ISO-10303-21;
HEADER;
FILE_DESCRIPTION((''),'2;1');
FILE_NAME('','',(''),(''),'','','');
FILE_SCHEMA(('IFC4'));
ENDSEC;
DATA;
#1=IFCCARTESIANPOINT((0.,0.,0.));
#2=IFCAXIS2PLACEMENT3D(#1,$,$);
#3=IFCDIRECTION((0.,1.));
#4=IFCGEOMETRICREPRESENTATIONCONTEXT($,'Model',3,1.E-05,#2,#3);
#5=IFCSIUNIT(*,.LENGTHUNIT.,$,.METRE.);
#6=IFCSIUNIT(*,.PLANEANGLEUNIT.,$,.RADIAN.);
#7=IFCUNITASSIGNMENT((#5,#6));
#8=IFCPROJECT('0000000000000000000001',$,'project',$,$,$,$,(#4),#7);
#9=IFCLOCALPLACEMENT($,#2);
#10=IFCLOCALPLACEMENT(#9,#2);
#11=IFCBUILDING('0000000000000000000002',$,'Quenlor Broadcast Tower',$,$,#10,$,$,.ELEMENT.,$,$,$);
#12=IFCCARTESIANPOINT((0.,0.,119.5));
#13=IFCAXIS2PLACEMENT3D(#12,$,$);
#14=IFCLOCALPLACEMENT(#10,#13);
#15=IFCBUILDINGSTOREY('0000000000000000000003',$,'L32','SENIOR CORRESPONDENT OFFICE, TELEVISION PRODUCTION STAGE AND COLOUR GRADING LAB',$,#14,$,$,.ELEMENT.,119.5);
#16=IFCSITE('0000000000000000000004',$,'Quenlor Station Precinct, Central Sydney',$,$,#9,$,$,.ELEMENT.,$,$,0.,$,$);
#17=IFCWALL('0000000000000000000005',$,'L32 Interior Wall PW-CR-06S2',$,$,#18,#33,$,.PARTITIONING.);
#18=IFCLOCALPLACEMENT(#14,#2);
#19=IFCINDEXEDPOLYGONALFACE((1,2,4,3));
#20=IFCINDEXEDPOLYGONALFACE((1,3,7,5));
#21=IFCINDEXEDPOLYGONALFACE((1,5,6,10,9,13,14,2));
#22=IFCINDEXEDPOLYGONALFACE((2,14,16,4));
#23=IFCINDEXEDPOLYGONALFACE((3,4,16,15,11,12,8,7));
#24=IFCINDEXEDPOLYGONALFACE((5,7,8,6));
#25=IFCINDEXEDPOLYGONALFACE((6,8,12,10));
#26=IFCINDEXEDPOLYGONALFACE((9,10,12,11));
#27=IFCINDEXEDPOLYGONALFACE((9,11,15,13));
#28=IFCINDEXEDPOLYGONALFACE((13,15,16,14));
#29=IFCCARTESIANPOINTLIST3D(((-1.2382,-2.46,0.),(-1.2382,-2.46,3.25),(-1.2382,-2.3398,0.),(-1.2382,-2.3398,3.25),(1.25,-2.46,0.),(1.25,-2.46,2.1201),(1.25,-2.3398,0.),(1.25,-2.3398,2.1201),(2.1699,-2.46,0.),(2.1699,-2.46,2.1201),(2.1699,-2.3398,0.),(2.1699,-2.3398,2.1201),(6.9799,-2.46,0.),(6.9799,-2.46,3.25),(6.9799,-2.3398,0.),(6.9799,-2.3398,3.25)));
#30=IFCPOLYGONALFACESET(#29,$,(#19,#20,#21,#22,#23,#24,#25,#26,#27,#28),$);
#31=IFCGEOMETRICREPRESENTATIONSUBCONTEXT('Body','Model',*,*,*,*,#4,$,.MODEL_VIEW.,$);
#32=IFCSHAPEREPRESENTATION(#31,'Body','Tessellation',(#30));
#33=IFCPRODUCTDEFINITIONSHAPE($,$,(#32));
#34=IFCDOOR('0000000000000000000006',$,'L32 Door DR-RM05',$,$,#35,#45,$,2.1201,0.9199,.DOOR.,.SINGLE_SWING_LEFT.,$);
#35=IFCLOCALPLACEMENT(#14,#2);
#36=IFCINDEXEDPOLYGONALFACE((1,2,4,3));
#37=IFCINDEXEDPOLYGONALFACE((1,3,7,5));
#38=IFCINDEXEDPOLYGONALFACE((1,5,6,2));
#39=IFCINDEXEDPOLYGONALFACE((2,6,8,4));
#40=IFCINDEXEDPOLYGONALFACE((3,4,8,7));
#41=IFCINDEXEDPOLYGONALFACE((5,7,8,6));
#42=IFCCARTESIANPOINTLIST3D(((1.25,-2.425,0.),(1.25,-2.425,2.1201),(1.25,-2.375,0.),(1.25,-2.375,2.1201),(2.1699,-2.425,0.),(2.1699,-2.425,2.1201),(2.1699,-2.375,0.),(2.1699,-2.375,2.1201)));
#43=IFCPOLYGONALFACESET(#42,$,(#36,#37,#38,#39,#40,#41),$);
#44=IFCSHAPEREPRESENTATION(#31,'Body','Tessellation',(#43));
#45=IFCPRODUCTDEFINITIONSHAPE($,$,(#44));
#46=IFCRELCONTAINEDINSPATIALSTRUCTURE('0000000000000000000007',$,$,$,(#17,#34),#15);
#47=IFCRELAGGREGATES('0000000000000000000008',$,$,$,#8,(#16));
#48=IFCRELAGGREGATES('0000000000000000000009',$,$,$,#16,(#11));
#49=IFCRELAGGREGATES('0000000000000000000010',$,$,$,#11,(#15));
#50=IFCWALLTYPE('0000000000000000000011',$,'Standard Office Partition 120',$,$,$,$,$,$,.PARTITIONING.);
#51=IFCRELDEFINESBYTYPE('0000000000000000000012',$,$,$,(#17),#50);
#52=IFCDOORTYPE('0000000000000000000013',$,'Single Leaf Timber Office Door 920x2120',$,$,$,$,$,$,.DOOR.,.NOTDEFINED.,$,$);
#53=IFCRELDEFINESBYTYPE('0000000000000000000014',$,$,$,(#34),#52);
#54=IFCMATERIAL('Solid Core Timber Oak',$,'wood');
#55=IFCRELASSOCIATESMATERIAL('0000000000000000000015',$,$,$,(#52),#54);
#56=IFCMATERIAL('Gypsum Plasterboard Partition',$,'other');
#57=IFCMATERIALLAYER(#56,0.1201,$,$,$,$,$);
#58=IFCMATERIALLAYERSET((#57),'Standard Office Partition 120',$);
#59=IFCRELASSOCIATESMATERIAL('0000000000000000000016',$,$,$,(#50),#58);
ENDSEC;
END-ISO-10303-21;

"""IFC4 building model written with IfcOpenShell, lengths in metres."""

from ifc_helpers import new_model, si_unit, direction, frame, frame_2d, origin, place, context, subcontext, project, spatial, rectangle, extrude, material, layer, layer_set, type_object, element, fill, save


model = new_model("IFC4")

# Units and contexts
model_context = context("Model", 3, precision=1e-05, world=origin(), true_north=direction((0.0, 1.0)))
body_context = subcontext(model_context, "Body", "Model", "MODEL_VIEW")
ifc_project = project(units=[si_unit("LENGTHUNIT", "METRE"), si_unit("PLANEANGLEUNIT", "RADIAN")], contexts=[model_context])

# Site, building, storey
site_placement = place(None, origin())
site = spatial("IfcSite", under=ifc_project, at=site_placement, Name="Quenlor Station Precinct, Central Sydney", CompositionType="ELEMENT", RefElevation=0.0)
building_placement = place(site_placement, origin())
building = spatial("IfcBuilding", under=site, at=building_placement, Name="Quenlor Broadcast Tower", CompositionType="ELEMENT")
storey_placement = place(building_placement, frame((0.0, 0.0, 119.5)))
storey = spatial("IfcBuildingStorey", under=building, at=storey_placement, Name="L32", Description="SENIOR CORRESPONDENT OFFICE, TELEVISION PRODUCTION STAGE AND COLOUR GRADING LAB", CompositionType="ELEMENT", Elevation=119.5)

# Shared definitions
ifc_material_1 = material(Name="Solid Core Timber Oak", Category="wood")
door_type_1 = type_object("IfcDoorType", Name="Single Leaf Timber Office Door 920x2120", OperationType="NOTDEFINED", PredefinedType="DOOR", material=ifc_material_1)

# Shared definitions
ifc_material_2 = material(Name="Gypsum Plasterboard Partition", Category="other")
ifc_layer_1 = layer(ifc_material_2, 0.1201)
ifc_layer_set_1 = layer_set([ifc_layer_1], Name="Standard Office Partition 120")
wall_type_1 = type_object("IfcWallType", Name="Standard Office Partition 120", PredefinedType="PARTITIONING", material=ifc_layer_set_1)

# Wall, opening, door
wall_1_placement = place(storey_placement, frame((-1.238, -2.3999, 0.0), z_axis=(0.0, 0.0, 1.0), x_axis=(1.0, 0.0, 0.0)))
wall_1 = element("IfcWall", 1, at=wall_1_placement, inside=storey, type_object=wall_type_1, Name="L32 Interior Wall PW-CR-06S2", PredefinedType="PARTITIONING", context=body_context, shape_type="SweptSolid", body=[
    extrude(rectangle(XDim=8.218, YDim=0.1201, at=frame_2d((4.1089, 0.0))), origin(), (0.0, 0.0, 1.0), 3.25),
])
opening_1_placement = place(wall_1_placement, frame((2.488, 0.0, 0.0)))
opening_1 = element("IfcOpeningElement", 2, at=opening_1_placement, cuts=wall_1, PredefinedType="OPENING", context=body_context, shape_type="SweptSolid", body=[
    extrude(rectangle(XDim=0.9199, YDim=2.1201, at=frame_2d((0.46, 1.0601))), frame((0.0, 0.0701, 0.0), z_axis=(0.0, -1.0, 0.0), x_axis=(1.0, 0.0, 0.0)), (0.0, 0.0, 1.0), 0.1401),
])
door_1_placement = place(opening_1_placement, origin())
door_1 = element("IfcDoor", 3, at=door_1_placement, inside=storey, type_object=door_type_1, Name="L32 Door DR-RM05", OperationType="SINGLE_SWING_LEFT", OverallHeight=2.1201, OverallWidth=0.9199, PredefinedType="DOOR", context=body_context, shape_type="SweptSolid", body=[
    extrude(rectangle(XDim=0.9199, YDim=2.1201, at=frame_2d((0.46, 1.0601))), frame((0.0, 0.0249, 0.0), z_axis=(0.0, -1.0, 0.0), x_axis=(1.0, 0.0, 0.0)), (0.0, 0.0, 1.0), 0.05),
])
fill(opening_1, door_1)

save(model, "model.ifc")
